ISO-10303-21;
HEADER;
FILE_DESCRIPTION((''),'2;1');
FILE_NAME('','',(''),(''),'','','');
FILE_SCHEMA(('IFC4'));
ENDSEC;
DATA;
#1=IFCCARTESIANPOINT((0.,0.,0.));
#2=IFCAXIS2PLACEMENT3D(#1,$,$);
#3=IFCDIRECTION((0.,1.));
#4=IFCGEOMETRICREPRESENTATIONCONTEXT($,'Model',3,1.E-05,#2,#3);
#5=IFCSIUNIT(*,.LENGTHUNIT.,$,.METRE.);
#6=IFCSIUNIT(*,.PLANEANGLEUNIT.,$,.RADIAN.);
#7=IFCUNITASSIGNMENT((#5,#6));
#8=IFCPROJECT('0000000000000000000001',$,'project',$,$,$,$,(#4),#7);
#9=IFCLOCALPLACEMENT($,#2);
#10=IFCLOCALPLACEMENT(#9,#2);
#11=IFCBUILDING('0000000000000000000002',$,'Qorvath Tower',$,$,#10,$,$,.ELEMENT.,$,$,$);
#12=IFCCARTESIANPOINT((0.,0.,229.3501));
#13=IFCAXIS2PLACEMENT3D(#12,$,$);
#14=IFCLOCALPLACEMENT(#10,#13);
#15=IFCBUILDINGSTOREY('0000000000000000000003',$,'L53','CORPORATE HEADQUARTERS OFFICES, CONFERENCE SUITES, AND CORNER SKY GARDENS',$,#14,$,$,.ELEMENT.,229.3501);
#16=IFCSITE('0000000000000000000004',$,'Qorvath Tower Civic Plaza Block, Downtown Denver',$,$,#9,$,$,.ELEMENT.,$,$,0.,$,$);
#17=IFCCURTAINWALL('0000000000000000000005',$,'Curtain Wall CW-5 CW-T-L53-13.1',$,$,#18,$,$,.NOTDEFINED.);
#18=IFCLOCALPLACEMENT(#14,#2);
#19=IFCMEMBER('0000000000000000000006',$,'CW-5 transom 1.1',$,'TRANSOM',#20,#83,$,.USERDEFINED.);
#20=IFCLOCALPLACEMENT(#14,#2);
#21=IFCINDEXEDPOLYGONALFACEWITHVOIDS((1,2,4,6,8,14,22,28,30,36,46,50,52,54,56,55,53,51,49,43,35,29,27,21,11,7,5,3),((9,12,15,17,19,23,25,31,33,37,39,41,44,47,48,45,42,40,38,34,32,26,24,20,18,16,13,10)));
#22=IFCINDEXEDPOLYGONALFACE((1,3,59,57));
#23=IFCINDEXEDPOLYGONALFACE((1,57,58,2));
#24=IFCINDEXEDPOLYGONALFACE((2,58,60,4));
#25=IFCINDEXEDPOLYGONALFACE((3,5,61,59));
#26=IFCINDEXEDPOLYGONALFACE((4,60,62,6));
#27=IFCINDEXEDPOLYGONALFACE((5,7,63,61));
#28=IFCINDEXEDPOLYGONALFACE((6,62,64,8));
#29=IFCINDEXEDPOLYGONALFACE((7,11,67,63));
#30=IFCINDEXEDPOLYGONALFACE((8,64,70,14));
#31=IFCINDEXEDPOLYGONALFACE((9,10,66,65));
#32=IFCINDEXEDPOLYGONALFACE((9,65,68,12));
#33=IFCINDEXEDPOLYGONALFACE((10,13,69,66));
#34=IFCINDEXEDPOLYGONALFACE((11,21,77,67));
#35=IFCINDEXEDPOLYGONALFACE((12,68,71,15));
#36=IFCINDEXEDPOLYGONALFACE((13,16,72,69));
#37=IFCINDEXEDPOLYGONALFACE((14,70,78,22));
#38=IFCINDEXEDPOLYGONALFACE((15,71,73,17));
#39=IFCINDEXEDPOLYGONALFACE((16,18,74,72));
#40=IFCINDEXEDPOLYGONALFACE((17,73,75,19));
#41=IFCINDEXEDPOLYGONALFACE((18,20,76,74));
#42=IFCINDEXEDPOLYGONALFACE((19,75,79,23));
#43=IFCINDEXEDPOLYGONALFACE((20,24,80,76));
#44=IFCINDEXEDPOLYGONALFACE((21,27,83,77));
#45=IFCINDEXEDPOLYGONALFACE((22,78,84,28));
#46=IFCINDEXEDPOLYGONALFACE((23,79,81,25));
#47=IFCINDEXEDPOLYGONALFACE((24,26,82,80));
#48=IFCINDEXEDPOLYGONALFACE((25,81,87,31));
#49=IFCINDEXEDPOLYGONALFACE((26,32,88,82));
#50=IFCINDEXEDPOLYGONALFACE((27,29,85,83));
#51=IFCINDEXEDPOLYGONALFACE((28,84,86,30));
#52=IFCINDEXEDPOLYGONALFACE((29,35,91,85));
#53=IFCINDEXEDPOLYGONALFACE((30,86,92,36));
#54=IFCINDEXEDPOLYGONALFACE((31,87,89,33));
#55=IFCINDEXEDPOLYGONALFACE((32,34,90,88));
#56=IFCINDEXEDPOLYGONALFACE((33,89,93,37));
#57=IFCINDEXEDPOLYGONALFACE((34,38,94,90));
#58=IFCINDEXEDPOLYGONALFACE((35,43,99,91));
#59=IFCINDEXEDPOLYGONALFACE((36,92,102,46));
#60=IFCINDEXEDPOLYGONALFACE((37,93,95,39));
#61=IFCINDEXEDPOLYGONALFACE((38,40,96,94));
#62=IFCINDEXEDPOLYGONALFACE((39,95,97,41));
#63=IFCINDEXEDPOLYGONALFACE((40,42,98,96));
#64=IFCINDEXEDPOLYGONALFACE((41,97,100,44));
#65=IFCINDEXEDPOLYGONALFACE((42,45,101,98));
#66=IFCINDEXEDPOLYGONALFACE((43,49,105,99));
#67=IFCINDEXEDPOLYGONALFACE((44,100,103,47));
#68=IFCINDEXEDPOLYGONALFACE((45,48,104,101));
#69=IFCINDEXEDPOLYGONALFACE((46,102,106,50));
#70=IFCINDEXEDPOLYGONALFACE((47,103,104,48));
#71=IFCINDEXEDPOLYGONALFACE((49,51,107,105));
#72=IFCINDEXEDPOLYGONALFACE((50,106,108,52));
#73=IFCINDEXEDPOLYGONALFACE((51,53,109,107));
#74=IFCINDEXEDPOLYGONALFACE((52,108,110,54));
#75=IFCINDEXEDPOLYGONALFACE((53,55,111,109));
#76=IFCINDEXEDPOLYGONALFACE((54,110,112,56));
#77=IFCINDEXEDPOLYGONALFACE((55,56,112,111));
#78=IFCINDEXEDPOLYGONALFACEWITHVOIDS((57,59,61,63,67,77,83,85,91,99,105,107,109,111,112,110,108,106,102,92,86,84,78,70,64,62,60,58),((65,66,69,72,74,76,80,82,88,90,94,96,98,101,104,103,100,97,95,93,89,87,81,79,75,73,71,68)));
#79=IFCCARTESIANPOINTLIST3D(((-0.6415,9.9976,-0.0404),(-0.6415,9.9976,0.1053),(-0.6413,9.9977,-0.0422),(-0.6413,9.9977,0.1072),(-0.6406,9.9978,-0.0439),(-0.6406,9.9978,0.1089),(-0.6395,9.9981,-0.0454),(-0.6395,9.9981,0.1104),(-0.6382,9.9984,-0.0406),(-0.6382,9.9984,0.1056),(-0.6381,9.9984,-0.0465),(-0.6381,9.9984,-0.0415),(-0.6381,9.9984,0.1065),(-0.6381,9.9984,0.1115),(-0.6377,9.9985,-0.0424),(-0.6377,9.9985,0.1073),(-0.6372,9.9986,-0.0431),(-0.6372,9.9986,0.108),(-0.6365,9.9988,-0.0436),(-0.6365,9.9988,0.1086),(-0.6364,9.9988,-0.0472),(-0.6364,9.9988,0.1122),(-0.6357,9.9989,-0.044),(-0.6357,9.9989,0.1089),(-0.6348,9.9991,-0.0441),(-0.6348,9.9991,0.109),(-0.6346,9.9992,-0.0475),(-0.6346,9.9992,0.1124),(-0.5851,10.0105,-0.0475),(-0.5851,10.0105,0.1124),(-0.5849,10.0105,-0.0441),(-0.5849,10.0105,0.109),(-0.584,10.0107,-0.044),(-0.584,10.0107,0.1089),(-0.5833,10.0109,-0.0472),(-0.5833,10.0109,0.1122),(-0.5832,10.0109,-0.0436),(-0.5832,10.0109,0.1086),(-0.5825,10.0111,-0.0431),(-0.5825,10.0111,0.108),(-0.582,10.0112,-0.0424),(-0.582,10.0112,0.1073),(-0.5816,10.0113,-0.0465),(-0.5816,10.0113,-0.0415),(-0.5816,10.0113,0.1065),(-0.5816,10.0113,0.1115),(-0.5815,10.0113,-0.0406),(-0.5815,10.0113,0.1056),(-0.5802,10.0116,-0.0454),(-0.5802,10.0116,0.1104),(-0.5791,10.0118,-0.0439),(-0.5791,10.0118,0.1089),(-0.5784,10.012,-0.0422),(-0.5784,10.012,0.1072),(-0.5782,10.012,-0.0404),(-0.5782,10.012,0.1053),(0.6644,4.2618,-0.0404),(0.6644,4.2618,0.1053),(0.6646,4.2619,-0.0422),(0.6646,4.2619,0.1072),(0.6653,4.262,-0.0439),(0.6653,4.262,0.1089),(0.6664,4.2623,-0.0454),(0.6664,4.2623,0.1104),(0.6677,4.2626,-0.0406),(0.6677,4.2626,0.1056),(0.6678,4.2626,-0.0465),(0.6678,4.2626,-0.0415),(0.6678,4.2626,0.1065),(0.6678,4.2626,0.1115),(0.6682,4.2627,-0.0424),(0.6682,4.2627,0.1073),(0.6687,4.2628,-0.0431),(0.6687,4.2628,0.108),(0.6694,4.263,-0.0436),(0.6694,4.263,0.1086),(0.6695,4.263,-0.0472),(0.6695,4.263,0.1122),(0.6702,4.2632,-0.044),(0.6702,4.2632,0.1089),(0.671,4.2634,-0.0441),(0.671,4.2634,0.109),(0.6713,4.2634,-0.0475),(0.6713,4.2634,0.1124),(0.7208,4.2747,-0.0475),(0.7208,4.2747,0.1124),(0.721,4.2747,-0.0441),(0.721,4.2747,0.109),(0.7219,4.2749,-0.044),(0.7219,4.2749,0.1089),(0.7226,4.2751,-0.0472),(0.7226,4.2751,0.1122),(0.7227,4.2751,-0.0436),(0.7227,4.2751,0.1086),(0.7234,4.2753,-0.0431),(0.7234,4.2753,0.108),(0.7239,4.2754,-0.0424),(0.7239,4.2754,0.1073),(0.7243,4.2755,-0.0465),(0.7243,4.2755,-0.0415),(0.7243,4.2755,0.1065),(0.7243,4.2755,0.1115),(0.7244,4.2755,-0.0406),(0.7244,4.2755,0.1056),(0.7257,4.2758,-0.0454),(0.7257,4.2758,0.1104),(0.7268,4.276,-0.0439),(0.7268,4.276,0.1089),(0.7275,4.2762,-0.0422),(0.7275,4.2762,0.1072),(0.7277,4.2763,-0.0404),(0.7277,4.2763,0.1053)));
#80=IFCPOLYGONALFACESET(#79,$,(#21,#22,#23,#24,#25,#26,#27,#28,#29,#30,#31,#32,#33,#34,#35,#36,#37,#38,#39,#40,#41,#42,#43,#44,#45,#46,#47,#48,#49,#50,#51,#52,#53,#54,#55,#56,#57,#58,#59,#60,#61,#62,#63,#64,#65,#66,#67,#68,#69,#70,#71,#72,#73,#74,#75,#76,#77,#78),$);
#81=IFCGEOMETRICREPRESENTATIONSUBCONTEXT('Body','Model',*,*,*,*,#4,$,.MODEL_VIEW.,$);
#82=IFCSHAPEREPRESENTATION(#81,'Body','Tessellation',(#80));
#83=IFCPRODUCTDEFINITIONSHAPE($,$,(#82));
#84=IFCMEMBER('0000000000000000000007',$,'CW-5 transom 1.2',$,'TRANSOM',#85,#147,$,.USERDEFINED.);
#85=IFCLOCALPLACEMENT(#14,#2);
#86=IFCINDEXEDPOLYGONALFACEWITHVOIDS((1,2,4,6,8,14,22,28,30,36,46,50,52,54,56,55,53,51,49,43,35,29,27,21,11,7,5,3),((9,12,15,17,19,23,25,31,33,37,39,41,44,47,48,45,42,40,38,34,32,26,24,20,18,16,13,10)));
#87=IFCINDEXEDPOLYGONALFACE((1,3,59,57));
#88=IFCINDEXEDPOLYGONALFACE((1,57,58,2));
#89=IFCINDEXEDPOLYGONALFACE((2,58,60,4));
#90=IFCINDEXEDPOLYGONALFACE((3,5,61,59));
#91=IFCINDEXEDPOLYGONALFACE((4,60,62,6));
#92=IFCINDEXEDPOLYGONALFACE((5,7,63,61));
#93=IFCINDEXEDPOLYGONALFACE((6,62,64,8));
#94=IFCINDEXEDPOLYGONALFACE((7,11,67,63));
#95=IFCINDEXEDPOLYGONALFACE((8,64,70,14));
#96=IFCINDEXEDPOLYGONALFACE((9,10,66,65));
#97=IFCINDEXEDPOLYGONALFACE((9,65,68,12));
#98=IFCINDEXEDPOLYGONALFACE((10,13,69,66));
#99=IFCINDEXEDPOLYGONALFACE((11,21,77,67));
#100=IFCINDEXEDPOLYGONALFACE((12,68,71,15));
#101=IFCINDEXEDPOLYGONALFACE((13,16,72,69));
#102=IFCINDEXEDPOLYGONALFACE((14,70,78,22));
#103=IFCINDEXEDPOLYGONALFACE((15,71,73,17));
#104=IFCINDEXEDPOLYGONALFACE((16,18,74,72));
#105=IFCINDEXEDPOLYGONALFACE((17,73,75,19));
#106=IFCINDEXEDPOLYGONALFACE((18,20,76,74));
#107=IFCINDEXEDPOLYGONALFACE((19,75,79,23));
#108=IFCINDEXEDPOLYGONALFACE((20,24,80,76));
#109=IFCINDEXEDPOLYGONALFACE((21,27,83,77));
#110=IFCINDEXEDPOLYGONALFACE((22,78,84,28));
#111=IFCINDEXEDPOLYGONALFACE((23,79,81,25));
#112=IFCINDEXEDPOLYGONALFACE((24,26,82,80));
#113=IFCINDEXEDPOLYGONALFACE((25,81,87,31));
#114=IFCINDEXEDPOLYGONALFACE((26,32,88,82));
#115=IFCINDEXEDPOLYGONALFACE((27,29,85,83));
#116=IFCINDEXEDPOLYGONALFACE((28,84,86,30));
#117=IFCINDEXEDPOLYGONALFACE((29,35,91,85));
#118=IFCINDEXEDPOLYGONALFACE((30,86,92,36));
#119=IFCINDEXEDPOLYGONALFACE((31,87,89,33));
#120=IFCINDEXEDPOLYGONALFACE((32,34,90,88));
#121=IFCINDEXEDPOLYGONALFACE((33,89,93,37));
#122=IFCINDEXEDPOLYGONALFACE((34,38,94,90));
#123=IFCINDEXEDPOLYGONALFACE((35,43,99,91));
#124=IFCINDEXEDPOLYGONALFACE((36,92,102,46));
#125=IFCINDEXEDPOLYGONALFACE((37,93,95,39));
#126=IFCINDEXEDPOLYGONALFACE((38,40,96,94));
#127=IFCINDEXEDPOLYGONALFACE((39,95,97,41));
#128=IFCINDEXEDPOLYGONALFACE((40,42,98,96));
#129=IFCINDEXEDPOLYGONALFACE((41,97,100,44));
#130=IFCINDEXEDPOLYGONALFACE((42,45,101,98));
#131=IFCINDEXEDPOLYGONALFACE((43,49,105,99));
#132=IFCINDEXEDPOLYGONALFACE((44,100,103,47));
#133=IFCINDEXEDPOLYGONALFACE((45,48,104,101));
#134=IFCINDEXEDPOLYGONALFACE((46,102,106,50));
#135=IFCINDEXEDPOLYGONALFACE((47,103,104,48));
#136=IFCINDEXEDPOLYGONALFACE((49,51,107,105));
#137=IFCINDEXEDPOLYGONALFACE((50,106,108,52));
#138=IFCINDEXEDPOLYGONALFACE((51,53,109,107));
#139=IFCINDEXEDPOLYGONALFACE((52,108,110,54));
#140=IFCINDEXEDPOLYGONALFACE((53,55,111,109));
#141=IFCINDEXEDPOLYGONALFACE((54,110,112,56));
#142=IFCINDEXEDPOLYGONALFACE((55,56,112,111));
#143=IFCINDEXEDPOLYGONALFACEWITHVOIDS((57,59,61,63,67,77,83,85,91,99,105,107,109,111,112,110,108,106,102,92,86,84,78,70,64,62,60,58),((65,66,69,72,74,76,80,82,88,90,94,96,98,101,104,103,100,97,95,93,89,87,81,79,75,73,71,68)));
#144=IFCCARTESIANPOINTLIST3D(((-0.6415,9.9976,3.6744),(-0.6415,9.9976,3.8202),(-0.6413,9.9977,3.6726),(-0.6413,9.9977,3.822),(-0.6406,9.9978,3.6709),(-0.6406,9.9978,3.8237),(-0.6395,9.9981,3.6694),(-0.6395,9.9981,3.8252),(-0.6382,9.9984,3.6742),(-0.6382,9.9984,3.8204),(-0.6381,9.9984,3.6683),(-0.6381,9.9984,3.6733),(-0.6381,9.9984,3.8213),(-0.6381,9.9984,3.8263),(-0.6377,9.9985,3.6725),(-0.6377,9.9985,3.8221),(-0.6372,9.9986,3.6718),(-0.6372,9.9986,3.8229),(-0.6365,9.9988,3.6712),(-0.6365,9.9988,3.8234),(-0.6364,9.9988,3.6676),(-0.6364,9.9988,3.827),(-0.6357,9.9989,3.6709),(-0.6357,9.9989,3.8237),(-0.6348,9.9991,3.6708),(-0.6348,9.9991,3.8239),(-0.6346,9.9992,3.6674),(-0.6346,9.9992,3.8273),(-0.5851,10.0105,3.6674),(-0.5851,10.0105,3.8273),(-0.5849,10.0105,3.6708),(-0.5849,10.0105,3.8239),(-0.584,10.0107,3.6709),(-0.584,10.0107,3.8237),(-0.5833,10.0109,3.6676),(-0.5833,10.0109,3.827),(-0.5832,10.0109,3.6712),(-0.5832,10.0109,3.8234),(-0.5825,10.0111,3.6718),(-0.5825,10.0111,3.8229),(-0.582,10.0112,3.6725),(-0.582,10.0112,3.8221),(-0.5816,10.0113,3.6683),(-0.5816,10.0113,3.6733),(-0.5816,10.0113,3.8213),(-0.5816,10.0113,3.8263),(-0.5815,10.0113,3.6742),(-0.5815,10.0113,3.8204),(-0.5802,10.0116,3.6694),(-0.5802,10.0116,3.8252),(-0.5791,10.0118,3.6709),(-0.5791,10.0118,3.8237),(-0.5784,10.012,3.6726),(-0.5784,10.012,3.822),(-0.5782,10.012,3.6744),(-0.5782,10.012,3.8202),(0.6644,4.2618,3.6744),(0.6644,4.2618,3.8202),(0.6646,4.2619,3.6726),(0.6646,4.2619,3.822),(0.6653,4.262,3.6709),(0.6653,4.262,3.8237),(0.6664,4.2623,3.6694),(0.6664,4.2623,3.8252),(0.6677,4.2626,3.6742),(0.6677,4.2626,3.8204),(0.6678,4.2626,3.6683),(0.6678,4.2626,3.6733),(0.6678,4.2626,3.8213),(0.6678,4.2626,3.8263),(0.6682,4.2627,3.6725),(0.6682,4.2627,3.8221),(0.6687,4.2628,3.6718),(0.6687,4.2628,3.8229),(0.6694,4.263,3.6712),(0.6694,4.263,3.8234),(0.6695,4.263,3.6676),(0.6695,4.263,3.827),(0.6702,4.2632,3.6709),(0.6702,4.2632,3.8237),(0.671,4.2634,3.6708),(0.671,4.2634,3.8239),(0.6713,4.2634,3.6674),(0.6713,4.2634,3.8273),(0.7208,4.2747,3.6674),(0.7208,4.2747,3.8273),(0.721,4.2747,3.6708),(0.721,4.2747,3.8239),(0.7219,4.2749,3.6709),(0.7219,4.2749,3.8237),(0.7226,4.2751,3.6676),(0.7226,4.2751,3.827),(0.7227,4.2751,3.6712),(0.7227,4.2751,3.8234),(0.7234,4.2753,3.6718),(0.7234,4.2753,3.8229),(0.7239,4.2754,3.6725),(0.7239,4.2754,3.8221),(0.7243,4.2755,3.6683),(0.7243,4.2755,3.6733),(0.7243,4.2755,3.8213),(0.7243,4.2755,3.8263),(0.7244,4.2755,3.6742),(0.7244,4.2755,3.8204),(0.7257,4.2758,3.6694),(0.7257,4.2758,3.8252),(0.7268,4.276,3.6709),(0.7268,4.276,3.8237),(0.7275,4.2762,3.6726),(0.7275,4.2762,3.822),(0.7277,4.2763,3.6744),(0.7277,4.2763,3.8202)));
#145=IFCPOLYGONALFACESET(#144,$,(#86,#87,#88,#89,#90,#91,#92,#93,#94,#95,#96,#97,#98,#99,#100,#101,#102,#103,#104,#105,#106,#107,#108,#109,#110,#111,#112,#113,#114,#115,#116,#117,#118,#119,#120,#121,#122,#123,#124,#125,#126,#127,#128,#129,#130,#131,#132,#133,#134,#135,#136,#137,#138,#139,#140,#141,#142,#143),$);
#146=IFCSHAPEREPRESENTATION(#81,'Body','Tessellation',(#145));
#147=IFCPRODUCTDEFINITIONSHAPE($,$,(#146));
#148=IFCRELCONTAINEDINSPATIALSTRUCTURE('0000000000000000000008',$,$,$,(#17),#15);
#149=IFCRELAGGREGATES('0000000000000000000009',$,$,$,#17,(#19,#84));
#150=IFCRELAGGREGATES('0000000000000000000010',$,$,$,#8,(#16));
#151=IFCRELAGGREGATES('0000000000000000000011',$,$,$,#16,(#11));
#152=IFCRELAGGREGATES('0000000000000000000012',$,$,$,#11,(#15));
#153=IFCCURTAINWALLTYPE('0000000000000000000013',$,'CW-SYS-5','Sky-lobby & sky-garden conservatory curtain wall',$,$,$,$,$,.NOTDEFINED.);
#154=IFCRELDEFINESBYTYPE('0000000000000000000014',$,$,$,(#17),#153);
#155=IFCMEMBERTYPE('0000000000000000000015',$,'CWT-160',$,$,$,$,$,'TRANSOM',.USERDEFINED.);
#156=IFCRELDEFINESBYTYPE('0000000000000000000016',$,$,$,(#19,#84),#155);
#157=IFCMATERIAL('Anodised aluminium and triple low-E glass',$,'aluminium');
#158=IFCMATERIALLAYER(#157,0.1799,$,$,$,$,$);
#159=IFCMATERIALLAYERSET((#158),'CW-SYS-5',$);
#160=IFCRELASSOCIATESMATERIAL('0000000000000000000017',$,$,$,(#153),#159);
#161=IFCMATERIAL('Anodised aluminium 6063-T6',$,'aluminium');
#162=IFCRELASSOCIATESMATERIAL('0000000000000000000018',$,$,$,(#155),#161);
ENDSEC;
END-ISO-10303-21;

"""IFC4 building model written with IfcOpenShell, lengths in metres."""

from ifc_helpers import new_model, si_unit, direction, frame, origin, origin_2d, place, context, subcontext, project, spatial, hollow_rectangle, extrude, material, layer, layer_set, material_profile, profile_set, type_object, element, aggregate, save


model = new_model("IFC4")

# Units and contexts
model_context = context("Model", 3, precision=1e-05, world=origin(), true_north=direction((0.0, 1.0)))
body_context = subcontext(model_context, "Body", "Model", "MODEL_VIEW")
ifc_project = project(units=[si_unit("LENGTHUNIT", "METRE"), si_unit("PLANEANGLEUNIT", "RADIAN")], contexts=[model_context])

# Site, building, storey
site_placement = place(None, origin())
site = spatial("IfcSite", under=ifc_project, at=site_placement, Name="Qorvath Tower Civic Plaza Block, Downtown Denver", CompositionType="ELEMENT", RefElevation=0.0)
building_placement = place(site_placement, origin())
building = spatial("IfcBuilding", under=site, at=building_placement, Name="Qorvath Tower", CompositionType="ELEMENT")
storey_placement = place(building_placement, frame((0.0, 0.0, 229.3501)))
storey = spatial("IfcBuildingStorey", under=building, at=storey_placement, Name="L53", Description="CORPORATE HEADQUARTERS OFFICES, CONFERENCE SUITES, AND CORNER SKY GARDENS", CompositionType="ELEMENT", Elevation=229.3501)

# Shared definitions
ifc_material_1 = material(Name="Anodised aluminium and triple low-E glass", Category="aluminium")
ifc_layer_1 = layer(ifc_material_1, 0.1799)
ifc_layer_set_1 = layer_set([ifc_layer_1], Name="CW-SYS-5")
curtain_wall_type = type_object("IfcCurtainWallType", Name="CW-SYS-5", Description="Sky-lobby & sky-garden conservatory curtain wall", PredefinedType="NOTDEFINED", material=ifc_layer_set_1)

# Curtain wall
curtain_wall_1_placement = place(storey_placement, origin())
curtain_wall_1 = element("IfcCurtainWall", 1, at=curtain_wall_1_placement, inside=storey, type_object=curtain_wall_type, Name="Curtain Wall CW-5 CW-T-L53-13.1", PredefinedType="NOTDEFINED")

# Members
ifc_material_2 = material(Name="Anodised aluminium 6063-T6", Category="aluminium")
ifc_material_profile_1 = material_profile(ifc_material_2, hollow_rectangle(XDim=0.0649, YDim=0.1599, WallThickness=0.0034, InnerFilletRadius=0.0034, OuterFilletRadius=0.0071, at=origin_2d()), Name="CWT 160x65")
ifc_profile_set_1 = profile_set([ifc_material_profile_1], Name="Anodised aluminium 6063-T6")
member_type_1 = type_object("IfcMemberType", Name="CWT-160", ElementType="TRANSOM", PredefinedType="USERDEFINED", material=ifc_profile_set_1)
member_1_placement = place(storey_placement, frame((0.696, 4.269, 0.0325), z_axis=(-0.221994, 0.975048, 0.0), x_axis=(-0.975048, -0.221994, 0.0)))
member_1 = element("IfcMember", 2, at=member_1_placement, type_object=member_type_1, Name="CW-5 transom 1.1", ObjectType="TRANSOM", PredefinedType="USERDEFINED", context=body_context, shape_type="SweptSolid", body=[
    extrude(hollow_rectangle(XDim=0.0649, YDim=0.1599, WallThickness=0.0034, InnerFilletRadius=0.0034, OuterFilletRadius=0.0071, at=origin_2d()), origin(), (0.0, 0.0, 1.0), 5.8826),
])
member_2_placement = place(storey_placement, frame((0.696, 4.269, 3.7473), z_axis=(-0.221994, 0.975048, 0.0), x_axis=(-0.975048, -0.221994, 0.0)))
member_2 = element("IfcMember", 3, at=member_2_placement, type_object=member_type_1, Name="CW-5 transom 1.2", ObjectType="TRANSOM", PredefinedType="USERDEFINED", context=body_context, shape_type="SweptSolid", body=[
    extrude(hollow_rectangle(XDim=0.0649, YDim=0.1599, WallThickness=0.0034, InnerFilletRadius=0.0034, OuterFilletRadius=0.0071, at=origin_2d()), origin(), (0.0, 0.0, 1.0), 5.8826),
])

aggregate(curtain_wall_1, [member_1, member_2])

save(model, "model.ifc")
